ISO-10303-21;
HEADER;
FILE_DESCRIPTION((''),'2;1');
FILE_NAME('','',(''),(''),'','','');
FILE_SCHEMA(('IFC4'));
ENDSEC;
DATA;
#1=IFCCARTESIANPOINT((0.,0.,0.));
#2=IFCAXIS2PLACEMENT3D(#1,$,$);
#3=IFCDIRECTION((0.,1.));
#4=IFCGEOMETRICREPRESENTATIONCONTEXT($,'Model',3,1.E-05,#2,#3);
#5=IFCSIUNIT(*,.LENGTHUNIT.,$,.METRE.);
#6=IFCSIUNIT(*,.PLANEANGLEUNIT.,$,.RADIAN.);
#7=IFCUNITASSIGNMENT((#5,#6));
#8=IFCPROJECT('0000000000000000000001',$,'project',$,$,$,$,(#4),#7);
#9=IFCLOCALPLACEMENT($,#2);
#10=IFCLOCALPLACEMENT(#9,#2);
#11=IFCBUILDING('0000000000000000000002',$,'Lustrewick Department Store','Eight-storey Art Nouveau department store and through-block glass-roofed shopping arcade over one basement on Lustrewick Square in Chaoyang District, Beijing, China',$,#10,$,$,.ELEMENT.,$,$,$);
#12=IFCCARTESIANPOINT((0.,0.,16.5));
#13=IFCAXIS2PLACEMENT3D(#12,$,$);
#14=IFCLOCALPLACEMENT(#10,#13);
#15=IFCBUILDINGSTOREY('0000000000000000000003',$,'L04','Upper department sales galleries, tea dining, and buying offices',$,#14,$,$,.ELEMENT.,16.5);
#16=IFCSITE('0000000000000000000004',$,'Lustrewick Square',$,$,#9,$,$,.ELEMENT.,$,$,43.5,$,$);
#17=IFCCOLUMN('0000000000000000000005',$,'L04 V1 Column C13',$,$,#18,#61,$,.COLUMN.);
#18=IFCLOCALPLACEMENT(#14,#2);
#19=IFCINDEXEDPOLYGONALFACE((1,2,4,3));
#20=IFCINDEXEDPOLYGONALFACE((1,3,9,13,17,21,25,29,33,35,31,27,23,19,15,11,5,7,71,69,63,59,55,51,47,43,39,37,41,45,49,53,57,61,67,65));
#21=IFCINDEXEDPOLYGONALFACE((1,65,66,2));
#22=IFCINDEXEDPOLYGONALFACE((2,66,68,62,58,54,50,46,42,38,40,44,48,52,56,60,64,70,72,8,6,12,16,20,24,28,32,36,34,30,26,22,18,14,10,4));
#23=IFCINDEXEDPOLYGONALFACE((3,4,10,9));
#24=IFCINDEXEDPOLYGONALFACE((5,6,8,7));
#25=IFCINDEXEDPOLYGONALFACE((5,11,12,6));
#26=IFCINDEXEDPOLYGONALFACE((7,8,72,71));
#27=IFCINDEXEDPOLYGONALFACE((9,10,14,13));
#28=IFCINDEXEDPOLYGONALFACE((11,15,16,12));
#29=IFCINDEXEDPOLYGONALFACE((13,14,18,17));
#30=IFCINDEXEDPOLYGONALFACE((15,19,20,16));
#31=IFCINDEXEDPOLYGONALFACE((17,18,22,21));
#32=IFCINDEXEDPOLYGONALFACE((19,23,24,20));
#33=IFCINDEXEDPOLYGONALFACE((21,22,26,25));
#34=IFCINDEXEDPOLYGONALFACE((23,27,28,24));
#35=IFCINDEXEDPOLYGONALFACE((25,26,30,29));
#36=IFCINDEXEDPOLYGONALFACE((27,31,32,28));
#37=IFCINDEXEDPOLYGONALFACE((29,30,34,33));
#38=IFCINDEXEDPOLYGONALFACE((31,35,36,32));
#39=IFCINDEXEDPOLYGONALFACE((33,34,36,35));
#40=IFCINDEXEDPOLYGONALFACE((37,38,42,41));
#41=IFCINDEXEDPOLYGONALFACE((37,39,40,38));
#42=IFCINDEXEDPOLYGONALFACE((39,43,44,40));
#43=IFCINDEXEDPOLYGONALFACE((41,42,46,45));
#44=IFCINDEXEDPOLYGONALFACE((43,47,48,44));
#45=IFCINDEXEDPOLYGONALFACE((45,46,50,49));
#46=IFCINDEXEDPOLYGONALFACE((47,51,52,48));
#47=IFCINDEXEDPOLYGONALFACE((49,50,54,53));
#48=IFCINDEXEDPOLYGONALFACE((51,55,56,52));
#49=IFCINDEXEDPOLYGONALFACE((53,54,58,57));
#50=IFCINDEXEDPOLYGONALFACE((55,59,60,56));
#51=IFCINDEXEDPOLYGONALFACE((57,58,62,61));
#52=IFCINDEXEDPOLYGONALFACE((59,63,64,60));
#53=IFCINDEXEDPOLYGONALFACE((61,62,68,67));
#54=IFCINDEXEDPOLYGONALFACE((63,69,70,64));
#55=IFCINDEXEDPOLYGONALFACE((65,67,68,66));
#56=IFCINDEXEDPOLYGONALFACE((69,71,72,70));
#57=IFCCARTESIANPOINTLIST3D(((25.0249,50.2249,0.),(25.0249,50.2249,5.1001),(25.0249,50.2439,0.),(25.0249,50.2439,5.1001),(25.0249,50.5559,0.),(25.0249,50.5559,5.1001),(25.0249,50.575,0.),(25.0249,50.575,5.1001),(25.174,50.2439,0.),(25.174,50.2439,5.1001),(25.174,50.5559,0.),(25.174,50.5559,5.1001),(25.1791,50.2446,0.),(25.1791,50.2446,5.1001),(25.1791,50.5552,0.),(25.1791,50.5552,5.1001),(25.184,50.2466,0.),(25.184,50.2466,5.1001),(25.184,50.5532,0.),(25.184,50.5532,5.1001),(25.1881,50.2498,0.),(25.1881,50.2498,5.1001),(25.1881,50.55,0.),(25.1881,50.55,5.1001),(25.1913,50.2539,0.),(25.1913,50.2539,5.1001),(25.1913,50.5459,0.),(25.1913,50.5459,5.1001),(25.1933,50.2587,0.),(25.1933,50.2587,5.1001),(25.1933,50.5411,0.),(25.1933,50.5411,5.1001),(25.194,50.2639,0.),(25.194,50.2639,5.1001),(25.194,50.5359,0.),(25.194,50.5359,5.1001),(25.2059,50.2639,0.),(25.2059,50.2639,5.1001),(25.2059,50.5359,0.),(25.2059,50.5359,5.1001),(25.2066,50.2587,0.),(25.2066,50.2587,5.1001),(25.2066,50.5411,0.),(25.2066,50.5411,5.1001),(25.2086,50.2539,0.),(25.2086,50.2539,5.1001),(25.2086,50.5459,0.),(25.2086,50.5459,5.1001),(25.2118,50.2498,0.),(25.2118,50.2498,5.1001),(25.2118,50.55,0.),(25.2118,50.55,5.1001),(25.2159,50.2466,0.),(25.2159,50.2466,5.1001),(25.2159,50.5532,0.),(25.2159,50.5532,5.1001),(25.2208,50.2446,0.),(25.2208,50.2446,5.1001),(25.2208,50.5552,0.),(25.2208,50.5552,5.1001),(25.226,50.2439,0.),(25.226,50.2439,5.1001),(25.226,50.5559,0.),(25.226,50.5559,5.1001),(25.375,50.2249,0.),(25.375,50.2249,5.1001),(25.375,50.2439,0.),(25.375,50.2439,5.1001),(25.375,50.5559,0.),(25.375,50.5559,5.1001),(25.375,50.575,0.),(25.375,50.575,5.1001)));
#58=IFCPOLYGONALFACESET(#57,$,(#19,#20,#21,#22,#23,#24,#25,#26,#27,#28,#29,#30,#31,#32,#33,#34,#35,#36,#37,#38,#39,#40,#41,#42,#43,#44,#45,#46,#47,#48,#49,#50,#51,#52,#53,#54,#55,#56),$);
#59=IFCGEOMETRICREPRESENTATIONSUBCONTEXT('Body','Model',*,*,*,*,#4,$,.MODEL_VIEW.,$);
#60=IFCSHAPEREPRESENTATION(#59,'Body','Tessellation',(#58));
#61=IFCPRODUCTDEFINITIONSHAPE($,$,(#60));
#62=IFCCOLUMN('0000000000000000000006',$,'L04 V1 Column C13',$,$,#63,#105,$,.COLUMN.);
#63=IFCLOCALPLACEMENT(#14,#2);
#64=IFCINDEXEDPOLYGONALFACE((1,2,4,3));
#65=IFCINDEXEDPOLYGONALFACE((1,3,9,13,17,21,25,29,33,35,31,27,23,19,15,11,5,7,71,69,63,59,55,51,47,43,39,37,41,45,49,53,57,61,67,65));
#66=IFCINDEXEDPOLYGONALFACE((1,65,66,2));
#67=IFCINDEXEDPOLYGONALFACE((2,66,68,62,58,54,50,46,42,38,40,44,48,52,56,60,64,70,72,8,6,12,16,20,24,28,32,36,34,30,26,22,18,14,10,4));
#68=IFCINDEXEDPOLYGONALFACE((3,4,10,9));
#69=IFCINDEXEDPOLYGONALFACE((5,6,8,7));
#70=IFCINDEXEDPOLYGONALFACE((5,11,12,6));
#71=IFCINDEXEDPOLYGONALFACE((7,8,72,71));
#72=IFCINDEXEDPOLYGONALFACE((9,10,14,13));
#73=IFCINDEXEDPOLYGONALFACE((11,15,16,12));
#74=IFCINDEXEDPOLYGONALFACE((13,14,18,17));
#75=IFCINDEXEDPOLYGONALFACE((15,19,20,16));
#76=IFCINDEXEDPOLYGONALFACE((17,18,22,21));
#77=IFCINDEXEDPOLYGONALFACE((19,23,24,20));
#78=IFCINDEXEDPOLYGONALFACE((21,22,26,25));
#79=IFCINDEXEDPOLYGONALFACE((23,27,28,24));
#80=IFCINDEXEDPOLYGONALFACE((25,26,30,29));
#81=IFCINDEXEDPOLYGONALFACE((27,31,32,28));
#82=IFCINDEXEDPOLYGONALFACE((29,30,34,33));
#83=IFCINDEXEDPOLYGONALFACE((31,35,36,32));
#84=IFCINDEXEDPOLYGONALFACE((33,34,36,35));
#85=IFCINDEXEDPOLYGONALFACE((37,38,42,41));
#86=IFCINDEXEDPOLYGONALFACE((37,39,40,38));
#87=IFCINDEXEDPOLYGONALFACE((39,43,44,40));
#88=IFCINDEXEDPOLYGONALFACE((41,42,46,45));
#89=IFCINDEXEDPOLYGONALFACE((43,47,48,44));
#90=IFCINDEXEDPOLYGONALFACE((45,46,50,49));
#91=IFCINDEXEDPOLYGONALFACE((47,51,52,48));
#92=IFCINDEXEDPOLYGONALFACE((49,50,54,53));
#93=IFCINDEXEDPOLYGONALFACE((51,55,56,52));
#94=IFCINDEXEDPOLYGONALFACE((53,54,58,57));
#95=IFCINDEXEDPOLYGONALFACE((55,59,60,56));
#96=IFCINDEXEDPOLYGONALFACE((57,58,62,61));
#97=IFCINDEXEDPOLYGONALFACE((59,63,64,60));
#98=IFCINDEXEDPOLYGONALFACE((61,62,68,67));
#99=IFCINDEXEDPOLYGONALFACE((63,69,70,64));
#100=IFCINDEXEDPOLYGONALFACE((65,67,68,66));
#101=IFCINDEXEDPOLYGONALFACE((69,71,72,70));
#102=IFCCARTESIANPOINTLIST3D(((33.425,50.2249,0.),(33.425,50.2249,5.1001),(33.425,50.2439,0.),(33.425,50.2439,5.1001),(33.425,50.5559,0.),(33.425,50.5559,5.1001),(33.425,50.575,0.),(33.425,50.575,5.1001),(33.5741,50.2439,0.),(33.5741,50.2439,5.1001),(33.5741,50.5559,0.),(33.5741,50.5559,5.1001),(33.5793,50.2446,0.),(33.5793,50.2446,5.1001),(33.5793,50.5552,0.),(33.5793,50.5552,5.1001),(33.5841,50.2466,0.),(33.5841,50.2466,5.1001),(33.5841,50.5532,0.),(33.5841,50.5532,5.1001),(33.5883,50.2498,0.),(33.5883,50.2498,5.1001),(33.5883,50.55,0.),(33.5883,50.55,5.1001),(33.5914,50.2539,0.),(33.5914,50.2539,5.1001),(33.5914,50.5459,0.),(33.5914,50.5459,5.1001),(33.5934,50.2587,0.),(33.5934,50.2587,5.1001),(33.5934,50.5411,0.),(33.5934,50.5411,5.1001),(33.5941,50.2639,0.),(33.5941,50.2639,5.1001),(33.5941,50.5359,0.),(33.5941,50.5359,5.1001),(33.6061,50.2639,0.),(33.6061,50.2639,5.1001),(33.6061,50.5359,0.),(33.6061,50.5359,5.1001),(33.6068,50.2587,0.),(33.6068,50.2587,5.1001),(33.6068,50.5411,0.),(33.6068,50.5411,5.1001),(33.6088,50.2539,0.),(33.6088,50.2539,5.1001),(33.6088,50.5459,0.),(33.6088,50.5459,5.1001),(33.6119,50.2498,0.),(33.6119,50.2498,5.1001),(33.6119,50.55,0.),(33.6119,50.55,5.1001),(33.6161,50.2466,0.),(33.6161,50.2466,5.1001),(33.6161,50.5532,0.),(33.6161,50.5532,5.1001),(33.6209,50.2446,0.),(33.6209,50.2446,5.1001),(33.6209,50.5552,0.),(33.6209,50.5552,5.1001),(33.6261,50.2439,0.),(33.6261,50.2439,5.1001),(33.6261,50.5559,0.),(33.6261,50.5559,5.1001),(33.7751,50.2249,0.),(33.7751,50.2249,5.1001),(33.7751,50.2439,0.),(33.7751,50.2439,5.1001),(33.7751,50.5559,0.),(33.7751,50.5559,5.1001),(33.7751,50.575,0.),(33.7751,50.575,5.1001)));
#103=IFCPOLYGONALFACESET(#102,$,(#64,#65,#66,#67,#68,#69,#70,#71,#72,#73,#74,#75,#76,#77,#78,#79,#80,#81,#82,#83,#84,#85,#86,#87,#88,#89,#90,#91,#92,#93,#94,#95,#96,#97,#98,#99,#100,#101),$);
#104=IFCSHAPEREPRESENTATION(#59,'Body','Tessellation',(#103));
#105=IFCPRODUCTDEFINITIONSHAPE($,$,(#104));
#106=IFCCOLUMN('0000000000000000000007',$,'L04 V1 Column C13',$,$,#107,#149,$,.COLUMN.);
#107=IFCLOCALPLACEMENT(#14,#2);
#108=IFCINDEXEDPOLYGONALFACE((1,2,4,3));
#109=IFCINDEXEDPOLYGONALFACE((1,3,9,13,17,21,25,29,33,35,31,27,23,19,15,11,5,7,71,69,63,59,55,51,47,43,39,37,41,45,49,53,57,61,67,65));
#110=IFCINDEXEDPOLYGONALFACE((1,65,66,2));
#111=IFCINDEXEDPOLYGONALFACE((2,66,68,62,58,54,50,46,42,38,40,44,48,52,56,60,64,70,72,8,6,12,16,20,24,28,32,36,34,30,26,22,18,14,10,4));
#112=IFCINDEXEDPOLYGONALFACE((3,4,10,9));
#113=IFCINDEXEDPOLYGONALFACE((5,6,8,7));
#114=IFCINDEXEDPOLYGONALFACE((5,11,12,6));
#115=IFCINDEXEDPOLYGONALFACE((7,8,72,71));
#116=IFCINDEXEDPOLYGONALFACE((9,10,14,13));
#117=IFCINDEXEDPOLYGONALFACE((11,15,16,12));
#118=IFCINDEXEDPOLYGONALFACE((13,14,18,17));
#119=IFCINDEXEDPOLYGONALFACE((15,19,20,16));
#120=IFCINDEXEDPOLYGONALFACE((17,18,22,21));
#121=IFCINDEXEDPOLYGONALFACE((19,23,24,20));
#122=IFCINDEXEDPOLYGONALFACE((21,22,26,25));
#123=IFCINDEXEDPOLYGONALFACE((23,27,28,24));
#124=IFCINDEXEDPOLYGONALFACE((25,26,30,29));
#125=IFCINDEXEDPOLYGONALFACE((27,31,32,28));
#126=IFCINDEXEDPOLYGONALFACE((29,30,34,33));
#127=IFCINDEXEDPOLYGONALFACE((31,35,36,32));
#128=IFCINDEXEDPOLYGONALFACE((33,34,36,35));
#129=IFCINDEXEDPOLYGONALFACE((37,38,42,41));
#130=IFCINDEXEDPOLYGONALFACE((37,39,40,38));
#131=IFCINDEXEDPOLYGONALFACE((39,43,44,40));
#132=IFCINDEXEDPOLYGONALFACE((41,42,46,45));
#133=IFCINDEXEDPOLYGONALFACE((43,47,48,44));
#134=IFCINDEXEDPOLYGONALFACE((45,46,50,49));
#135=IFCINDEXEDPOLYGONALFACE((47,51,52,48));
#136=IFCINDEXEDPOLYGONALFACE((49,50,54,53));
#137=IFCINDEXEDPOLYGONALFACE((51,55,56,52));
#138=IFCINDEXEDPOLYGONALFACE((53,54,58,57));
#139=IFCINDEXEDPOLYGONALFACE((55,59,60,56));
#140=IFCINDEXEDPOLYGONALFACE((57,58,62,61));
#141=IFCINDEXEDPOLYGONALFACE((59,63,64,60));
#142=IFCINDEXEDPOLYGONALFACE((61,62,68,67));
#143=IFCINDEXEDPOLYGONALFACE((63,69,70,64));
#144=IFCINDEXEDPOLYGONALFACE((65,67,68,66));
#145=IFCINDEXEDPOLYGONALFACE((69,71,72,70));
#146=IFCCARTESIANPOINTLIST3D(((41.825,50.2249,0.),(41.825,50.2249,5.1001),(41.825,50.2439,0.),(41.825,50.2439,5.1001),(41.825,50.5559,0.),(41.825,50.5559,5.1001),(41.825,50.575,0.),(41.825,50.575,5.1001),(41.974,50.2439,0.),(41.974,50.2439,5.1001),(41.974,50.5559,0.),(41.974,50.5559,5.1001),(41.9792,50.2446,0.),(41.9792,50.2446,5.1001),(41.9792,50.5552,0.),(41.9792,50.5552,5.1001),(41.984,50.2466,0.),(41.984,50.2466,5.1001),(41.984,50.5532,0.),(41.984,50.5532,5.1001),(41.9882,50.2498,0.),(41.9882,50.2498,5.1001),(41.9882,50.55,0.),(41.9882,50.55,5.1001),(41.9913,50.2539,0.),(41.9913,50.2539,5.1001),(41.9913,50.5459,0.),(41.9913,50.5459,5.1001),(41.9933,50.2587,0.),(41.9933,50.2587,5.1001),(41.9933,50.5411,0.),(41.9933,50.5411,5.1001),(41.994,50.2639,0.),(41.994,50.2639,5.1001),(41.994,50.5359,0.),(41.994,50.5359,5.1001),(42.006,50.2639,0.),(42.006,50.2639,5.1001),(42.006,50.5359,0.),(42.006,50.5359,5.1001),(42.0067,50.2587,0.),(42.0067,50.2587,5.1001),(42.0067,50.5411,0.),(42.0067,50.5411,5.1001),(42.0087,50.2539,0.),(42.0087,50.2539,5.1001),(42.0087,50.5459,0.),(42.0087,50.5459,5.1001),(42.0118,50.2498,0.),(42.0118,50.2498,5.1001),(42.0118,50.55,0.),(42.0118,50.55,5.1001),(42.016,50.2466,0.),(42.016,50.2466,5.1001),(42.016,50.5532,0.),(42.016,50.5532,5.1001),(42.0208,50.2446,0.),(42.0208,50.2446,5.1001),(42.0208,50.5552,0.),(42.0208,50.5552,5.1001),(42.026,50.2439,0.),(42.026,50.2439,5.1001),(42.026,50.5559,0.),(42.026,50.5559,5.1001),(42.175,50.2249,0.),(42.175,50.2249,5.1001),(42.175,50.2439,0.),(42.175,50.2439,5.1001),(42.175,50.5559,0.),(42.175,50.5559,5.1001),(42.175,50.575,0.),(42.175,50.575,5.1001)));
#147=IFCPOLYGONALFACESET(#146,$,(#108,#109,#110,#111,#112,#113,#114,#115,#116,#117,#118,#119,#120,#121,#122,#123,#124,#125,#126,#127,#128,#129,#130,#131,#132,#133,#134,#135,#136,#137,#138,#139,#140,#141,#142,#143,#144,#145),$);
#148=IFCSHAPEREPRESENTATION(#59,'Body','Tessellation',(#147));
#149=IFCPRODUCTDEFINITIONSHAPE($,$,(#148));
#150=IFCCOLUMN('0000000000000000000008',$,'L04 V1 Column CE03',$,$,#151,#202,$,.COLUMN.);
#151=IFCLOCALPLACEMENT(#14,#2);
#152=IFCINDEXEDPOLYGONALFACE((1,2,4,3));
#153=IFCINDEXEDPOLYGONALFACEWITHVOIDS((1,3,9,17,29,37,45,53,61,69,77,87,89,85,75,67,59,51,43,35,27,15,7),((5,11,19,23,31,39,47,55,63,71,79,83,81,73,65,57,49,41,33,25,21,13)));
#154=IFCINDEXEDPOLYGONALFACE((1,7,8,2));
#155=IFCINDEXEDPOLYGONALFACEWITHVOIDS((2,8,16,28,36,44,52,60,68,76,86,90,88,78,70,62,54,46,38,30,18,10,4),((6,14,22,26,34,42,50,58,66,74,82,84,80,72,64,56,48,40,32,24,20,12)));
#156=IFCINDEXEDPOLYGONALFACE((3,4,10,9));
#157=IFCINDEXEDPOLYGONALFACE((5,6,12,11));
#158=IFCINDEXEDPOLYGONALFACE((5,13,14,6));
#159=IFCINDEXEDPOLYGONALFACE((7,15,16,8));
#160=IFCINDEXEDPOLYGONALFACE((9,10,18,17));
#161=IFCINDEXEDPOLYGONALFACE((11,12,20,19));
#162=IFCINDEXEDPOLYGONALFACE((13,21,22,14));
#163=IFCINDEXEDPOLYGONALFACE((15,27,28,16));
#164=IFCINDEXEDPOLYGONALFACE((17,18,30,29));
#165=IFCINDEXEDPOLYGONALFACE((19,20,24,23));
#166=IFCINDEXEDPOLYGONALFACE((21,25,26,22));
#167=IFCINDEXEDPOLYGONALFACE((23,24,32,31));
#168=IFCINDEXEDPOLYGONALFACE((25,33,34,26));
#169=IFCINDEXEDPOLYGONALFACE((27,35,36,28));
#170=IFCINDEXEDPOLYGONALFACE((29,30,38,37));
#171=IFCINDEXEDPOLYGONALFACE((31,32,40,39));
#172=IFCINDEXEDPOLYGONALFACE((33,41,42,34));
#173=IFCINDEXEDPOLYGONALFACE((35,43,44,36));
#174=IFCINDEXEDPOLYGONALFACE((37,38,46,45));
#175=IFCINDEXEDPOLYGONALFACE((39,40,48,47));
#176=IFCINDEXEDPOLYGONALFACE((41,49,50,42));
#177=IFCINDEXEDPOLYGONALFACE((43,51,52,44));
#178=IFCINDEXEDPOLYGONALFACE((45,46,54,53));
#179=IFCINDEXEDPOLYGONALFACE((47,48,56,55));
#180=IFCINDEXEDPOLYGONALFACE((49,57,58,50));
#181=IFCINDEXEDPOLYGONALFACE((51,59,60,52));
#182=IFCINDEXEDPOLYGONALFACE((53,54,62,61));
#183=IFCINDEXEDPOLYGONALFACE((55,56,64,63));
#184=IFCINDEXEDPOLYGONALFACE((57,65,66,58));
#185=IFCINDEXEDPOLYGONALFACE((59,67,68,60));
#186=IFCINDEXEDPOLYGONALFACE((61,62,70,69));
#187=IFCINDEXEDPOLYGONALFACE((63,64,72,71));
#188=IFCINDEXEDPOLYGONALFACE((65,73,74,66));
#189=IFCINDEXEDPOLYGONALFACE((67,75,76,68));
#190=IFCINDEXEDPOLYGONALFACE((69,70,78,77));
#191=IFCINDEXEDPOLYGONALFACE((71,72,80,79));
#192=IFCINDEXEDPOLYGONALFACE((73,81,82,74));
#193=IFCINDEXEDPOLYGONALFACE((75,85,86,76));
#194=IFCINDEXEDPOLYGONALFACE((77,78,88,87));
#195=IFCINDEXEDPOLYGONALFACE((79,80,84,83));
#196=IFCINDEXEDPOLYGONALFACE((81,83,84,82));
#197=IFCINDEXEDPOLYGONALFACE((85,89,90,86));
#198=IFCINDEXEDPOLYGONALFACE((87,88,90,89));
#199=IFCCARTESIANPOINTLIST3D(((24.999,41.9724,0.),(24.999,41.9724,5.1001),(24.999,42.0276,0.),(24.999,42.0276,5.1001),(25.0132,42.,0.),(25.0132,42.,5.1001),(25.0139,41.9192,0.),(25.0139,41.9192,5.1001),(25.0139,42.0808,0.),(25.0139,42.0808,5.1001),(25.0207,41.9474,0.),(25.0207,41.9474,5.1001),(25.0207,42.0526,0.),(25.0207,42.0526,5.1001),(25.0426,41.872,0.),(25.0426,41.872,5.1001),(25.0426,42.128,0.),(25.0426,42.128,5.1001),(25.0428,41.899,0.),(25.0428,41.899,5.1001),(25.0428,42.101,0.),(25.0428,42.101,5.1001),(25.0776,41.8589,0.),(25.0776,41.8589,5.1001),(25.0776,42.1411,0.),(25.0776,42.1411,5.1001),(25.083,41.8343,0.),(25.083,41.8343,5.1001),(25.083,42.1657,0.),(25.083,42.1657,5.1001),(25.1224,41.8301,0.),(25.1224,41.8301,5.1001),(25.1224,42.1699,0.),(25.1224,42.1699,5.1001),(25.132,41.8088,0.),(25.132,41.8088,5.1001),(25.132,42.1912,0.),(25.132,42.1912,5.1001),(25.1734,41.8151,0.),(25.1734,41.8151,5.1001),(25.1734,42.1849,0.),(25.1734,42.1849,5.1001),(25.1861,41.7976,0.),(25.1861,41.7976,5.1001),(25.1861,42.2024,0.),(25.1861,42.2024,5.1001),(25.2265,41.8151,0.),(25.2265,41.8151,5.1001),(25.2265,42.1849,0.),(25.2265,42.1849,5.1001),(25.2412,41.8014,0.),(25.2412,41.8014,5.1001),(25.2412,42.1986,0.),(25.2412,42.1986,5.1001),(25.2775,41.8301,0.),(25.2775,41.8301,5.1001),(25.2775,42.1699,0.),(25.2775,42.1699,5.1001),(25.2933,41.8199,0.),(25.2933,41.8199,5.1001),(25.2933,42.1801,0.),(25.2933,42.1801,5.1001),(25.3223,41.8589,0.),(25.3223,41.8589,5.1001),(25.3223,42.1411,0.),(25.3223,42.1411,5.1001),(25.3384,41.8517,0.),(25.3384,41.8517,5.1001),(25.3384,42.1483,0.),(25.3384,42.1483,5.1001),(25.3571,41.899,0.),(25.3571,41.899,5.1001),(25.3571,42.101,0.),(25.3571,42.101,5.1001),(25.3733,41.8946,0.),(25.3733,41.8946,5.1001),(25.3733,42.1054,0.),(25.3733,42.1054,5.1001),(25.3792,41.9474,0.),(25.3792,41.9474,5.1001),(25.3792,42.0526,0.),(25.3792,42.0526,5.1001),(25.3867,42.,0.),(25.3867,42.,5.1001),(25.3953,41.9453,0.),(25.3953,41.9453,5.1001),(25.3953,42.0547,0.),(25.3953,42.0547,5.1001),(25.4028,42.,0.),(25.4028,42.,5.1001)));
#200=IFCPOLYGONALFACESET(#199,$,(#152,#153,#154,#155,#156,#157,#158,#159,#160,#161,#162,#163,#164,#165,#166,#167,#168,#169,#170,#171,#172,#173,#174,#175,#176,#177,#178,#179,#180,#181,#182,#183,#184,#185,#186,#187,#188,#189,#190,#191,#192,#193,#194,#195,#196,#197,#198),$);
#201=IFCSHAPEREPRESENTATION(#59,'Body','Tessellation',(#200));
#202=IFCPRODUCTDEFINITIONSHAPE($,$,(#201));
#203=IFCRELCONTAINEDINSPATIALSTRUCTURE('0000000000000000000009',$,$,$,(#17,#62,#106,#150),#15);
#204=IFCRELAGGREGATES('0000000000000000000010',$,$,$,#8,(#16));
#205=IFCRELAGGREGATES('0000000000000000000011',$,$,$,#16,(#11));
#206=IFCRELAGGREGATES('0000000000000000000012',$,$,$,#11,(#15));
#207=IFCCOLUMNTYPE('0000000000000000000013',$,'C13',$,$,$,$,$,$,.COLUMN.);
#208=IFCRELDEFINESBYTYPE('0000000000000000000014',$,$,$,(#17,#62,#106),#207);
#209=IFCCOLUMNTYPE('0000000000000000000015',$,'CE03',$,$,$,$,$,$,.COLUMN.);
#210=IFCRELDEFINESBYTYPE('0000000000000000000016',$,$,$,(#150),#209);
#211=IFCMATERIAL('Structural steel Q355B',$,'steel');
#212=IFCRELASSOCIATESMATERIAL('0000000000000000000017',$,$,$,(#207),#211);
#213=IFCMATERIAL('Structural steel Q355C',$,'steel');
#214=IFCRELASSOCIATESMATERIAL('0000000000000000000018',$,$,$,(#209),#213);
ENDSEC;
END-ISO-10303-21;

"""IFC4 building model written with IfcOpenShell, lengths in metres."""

from ifc_helpers import new_model, si_unit, direction, frame, origin, origin_2d, place, context, subcontext, project, spatial, hollow_circle, i_section, extrude, material, material_profile, profile_set, type_object, element, save


model = new_model("IFC4")

# Units and contexts
model_context = context("Model", 3, precision=1e-05, world=origin(), true_north=direction((0.0, 1.0)))
body_context = subcontext(model_context, "Body", "Model", "MODEL_VIEW")
ifc_project = project(units=[si_unit("LENGTHUNIT", "METRE"), si_unit("PLANEANGLEUNIT", "RADIAN")], contexts=[model_context])

# Site, building, storey
site_placement = place(None, origin())
site = spatial("IfcSite", under=ifc_project, at=site_placement, Name="Lustrewick Square", CompositionType="ELEMENT", RefElevation=43.5)
building_placement = place(site_placement, origin())
building = spatial("IfcBuilding", under=site, at=building_placement, Name="Lustrewick Department Store", Description="Eight-storey Art Nouveau department store and through-block glass-roofed shopping arcade over one basement on Lustrewick Square in Chaoyang District, Beijing, China", CompositionType="ELEMENT")
storey_placement = place(building_placement, frame((0.0, 0.0, 16.5)))
storey = spatial("IfcBuildingStorey", under=building, at=storey_placement, Name="L04", Description="Upper department sales galleries, tea dining, and buying offices", CompositionType="ELEMENT", Elevation=16.5)

# Columns
ifc_material_1 = material(Name="Structural steel Q355B", Category="steel")
ifc_material_profile_1 = material_profile(ifc_material_1, i_section(OverallWidth=0.3501, OverallDepth=0.3501, WebThickness=0.012, FlangeThickness=0.019, FilletRadius=0.02, at=origin_2d()), Name="HW 350x350x12x19")
ifc_profile_set_1 = profile_set([ifc_material_profile_1], Name="Structural steel Q355B")
column_type_1 = type_object("IfcColumnType", Name="C13", PredefinedType="COLUMN", material=ifc_profile_set_1)
for number, where, z_axis, x_axis, name in (
    (1, (25.2, 50.3999, 0.0), (0.0, 0.0, 1.0), (1.0, 0.0, 0.0), "L04 V1 Column C13"),
    (2, (33.6001, 50.3999, 0.0), (0.0, 0.0, 1.0), (1.0, 0.0, 0.0), "L04 V1 Column C13"),
    (3, (42.0, 50.3999, 0.0), (0.0, 0.0, 1.0), (1.0, 0.0, 0.0), "L04 V1 Column C13"),
):
    element("IfcColumn", number, at=place(storey_placement, frame(where, z_axis=z_axis, x_axis=x_axis)), inside=storey, type_object=column_type_1, Name=name, PredefinedType="COLUMN", context=body_context, shape_type="SweptSolid", body=[
        extrude(i_section(OverallWidth=0.3501, OverallDepth=0.3501, WebThickness=0.012, FlangeThickness=0.019, FilletRadius=0.02, at=origin_2d()), origin(), (0.0, 0.0, 1.0), 5.1001),
    ])
ifc_material_2 = material(Name="Structural steel Q355C", Category="steel")
ifc_material_profile_2 = material_profile(ifc_material_2, hollow_circle(Radius=0.2029, WallThickness=0.0161, at=origin_2d()), Name="CHS 406x16")
ifc_profile_set_2 = profile_set([ifc_material_profile_2], Name="Structural steel Q355C")
column_type_2 = type_object("IfcColumnType", Name="CE03", PredefinedType="COLUMN", material=ifc_profile_set_2)
for number, where, z_axis, x_axis, name in (
    (4, (25.2, 42.0, 0.0), (0.0, 0.0, 1.0), (1.0, 0.0, 0.0), "L04 V1 Column CE03"),
):
    element("IfcColumn", number, at=place(storey_placement, frame(where, z_axis=z_axis, x_axis=x_axis)), inside=storey, type_object=column_type_2, Name=name, PredefinedType="COLUMN", context=body_context, shape_type="SweptSolid", body=[
        extrude(hollow_circle(Radius=0.2029, WallThickness=0.0161, at=origin_2d()), origin(), (0.0, 0.0, 1.0), 5.1001),
    ])

save(model, "model.ifc")
